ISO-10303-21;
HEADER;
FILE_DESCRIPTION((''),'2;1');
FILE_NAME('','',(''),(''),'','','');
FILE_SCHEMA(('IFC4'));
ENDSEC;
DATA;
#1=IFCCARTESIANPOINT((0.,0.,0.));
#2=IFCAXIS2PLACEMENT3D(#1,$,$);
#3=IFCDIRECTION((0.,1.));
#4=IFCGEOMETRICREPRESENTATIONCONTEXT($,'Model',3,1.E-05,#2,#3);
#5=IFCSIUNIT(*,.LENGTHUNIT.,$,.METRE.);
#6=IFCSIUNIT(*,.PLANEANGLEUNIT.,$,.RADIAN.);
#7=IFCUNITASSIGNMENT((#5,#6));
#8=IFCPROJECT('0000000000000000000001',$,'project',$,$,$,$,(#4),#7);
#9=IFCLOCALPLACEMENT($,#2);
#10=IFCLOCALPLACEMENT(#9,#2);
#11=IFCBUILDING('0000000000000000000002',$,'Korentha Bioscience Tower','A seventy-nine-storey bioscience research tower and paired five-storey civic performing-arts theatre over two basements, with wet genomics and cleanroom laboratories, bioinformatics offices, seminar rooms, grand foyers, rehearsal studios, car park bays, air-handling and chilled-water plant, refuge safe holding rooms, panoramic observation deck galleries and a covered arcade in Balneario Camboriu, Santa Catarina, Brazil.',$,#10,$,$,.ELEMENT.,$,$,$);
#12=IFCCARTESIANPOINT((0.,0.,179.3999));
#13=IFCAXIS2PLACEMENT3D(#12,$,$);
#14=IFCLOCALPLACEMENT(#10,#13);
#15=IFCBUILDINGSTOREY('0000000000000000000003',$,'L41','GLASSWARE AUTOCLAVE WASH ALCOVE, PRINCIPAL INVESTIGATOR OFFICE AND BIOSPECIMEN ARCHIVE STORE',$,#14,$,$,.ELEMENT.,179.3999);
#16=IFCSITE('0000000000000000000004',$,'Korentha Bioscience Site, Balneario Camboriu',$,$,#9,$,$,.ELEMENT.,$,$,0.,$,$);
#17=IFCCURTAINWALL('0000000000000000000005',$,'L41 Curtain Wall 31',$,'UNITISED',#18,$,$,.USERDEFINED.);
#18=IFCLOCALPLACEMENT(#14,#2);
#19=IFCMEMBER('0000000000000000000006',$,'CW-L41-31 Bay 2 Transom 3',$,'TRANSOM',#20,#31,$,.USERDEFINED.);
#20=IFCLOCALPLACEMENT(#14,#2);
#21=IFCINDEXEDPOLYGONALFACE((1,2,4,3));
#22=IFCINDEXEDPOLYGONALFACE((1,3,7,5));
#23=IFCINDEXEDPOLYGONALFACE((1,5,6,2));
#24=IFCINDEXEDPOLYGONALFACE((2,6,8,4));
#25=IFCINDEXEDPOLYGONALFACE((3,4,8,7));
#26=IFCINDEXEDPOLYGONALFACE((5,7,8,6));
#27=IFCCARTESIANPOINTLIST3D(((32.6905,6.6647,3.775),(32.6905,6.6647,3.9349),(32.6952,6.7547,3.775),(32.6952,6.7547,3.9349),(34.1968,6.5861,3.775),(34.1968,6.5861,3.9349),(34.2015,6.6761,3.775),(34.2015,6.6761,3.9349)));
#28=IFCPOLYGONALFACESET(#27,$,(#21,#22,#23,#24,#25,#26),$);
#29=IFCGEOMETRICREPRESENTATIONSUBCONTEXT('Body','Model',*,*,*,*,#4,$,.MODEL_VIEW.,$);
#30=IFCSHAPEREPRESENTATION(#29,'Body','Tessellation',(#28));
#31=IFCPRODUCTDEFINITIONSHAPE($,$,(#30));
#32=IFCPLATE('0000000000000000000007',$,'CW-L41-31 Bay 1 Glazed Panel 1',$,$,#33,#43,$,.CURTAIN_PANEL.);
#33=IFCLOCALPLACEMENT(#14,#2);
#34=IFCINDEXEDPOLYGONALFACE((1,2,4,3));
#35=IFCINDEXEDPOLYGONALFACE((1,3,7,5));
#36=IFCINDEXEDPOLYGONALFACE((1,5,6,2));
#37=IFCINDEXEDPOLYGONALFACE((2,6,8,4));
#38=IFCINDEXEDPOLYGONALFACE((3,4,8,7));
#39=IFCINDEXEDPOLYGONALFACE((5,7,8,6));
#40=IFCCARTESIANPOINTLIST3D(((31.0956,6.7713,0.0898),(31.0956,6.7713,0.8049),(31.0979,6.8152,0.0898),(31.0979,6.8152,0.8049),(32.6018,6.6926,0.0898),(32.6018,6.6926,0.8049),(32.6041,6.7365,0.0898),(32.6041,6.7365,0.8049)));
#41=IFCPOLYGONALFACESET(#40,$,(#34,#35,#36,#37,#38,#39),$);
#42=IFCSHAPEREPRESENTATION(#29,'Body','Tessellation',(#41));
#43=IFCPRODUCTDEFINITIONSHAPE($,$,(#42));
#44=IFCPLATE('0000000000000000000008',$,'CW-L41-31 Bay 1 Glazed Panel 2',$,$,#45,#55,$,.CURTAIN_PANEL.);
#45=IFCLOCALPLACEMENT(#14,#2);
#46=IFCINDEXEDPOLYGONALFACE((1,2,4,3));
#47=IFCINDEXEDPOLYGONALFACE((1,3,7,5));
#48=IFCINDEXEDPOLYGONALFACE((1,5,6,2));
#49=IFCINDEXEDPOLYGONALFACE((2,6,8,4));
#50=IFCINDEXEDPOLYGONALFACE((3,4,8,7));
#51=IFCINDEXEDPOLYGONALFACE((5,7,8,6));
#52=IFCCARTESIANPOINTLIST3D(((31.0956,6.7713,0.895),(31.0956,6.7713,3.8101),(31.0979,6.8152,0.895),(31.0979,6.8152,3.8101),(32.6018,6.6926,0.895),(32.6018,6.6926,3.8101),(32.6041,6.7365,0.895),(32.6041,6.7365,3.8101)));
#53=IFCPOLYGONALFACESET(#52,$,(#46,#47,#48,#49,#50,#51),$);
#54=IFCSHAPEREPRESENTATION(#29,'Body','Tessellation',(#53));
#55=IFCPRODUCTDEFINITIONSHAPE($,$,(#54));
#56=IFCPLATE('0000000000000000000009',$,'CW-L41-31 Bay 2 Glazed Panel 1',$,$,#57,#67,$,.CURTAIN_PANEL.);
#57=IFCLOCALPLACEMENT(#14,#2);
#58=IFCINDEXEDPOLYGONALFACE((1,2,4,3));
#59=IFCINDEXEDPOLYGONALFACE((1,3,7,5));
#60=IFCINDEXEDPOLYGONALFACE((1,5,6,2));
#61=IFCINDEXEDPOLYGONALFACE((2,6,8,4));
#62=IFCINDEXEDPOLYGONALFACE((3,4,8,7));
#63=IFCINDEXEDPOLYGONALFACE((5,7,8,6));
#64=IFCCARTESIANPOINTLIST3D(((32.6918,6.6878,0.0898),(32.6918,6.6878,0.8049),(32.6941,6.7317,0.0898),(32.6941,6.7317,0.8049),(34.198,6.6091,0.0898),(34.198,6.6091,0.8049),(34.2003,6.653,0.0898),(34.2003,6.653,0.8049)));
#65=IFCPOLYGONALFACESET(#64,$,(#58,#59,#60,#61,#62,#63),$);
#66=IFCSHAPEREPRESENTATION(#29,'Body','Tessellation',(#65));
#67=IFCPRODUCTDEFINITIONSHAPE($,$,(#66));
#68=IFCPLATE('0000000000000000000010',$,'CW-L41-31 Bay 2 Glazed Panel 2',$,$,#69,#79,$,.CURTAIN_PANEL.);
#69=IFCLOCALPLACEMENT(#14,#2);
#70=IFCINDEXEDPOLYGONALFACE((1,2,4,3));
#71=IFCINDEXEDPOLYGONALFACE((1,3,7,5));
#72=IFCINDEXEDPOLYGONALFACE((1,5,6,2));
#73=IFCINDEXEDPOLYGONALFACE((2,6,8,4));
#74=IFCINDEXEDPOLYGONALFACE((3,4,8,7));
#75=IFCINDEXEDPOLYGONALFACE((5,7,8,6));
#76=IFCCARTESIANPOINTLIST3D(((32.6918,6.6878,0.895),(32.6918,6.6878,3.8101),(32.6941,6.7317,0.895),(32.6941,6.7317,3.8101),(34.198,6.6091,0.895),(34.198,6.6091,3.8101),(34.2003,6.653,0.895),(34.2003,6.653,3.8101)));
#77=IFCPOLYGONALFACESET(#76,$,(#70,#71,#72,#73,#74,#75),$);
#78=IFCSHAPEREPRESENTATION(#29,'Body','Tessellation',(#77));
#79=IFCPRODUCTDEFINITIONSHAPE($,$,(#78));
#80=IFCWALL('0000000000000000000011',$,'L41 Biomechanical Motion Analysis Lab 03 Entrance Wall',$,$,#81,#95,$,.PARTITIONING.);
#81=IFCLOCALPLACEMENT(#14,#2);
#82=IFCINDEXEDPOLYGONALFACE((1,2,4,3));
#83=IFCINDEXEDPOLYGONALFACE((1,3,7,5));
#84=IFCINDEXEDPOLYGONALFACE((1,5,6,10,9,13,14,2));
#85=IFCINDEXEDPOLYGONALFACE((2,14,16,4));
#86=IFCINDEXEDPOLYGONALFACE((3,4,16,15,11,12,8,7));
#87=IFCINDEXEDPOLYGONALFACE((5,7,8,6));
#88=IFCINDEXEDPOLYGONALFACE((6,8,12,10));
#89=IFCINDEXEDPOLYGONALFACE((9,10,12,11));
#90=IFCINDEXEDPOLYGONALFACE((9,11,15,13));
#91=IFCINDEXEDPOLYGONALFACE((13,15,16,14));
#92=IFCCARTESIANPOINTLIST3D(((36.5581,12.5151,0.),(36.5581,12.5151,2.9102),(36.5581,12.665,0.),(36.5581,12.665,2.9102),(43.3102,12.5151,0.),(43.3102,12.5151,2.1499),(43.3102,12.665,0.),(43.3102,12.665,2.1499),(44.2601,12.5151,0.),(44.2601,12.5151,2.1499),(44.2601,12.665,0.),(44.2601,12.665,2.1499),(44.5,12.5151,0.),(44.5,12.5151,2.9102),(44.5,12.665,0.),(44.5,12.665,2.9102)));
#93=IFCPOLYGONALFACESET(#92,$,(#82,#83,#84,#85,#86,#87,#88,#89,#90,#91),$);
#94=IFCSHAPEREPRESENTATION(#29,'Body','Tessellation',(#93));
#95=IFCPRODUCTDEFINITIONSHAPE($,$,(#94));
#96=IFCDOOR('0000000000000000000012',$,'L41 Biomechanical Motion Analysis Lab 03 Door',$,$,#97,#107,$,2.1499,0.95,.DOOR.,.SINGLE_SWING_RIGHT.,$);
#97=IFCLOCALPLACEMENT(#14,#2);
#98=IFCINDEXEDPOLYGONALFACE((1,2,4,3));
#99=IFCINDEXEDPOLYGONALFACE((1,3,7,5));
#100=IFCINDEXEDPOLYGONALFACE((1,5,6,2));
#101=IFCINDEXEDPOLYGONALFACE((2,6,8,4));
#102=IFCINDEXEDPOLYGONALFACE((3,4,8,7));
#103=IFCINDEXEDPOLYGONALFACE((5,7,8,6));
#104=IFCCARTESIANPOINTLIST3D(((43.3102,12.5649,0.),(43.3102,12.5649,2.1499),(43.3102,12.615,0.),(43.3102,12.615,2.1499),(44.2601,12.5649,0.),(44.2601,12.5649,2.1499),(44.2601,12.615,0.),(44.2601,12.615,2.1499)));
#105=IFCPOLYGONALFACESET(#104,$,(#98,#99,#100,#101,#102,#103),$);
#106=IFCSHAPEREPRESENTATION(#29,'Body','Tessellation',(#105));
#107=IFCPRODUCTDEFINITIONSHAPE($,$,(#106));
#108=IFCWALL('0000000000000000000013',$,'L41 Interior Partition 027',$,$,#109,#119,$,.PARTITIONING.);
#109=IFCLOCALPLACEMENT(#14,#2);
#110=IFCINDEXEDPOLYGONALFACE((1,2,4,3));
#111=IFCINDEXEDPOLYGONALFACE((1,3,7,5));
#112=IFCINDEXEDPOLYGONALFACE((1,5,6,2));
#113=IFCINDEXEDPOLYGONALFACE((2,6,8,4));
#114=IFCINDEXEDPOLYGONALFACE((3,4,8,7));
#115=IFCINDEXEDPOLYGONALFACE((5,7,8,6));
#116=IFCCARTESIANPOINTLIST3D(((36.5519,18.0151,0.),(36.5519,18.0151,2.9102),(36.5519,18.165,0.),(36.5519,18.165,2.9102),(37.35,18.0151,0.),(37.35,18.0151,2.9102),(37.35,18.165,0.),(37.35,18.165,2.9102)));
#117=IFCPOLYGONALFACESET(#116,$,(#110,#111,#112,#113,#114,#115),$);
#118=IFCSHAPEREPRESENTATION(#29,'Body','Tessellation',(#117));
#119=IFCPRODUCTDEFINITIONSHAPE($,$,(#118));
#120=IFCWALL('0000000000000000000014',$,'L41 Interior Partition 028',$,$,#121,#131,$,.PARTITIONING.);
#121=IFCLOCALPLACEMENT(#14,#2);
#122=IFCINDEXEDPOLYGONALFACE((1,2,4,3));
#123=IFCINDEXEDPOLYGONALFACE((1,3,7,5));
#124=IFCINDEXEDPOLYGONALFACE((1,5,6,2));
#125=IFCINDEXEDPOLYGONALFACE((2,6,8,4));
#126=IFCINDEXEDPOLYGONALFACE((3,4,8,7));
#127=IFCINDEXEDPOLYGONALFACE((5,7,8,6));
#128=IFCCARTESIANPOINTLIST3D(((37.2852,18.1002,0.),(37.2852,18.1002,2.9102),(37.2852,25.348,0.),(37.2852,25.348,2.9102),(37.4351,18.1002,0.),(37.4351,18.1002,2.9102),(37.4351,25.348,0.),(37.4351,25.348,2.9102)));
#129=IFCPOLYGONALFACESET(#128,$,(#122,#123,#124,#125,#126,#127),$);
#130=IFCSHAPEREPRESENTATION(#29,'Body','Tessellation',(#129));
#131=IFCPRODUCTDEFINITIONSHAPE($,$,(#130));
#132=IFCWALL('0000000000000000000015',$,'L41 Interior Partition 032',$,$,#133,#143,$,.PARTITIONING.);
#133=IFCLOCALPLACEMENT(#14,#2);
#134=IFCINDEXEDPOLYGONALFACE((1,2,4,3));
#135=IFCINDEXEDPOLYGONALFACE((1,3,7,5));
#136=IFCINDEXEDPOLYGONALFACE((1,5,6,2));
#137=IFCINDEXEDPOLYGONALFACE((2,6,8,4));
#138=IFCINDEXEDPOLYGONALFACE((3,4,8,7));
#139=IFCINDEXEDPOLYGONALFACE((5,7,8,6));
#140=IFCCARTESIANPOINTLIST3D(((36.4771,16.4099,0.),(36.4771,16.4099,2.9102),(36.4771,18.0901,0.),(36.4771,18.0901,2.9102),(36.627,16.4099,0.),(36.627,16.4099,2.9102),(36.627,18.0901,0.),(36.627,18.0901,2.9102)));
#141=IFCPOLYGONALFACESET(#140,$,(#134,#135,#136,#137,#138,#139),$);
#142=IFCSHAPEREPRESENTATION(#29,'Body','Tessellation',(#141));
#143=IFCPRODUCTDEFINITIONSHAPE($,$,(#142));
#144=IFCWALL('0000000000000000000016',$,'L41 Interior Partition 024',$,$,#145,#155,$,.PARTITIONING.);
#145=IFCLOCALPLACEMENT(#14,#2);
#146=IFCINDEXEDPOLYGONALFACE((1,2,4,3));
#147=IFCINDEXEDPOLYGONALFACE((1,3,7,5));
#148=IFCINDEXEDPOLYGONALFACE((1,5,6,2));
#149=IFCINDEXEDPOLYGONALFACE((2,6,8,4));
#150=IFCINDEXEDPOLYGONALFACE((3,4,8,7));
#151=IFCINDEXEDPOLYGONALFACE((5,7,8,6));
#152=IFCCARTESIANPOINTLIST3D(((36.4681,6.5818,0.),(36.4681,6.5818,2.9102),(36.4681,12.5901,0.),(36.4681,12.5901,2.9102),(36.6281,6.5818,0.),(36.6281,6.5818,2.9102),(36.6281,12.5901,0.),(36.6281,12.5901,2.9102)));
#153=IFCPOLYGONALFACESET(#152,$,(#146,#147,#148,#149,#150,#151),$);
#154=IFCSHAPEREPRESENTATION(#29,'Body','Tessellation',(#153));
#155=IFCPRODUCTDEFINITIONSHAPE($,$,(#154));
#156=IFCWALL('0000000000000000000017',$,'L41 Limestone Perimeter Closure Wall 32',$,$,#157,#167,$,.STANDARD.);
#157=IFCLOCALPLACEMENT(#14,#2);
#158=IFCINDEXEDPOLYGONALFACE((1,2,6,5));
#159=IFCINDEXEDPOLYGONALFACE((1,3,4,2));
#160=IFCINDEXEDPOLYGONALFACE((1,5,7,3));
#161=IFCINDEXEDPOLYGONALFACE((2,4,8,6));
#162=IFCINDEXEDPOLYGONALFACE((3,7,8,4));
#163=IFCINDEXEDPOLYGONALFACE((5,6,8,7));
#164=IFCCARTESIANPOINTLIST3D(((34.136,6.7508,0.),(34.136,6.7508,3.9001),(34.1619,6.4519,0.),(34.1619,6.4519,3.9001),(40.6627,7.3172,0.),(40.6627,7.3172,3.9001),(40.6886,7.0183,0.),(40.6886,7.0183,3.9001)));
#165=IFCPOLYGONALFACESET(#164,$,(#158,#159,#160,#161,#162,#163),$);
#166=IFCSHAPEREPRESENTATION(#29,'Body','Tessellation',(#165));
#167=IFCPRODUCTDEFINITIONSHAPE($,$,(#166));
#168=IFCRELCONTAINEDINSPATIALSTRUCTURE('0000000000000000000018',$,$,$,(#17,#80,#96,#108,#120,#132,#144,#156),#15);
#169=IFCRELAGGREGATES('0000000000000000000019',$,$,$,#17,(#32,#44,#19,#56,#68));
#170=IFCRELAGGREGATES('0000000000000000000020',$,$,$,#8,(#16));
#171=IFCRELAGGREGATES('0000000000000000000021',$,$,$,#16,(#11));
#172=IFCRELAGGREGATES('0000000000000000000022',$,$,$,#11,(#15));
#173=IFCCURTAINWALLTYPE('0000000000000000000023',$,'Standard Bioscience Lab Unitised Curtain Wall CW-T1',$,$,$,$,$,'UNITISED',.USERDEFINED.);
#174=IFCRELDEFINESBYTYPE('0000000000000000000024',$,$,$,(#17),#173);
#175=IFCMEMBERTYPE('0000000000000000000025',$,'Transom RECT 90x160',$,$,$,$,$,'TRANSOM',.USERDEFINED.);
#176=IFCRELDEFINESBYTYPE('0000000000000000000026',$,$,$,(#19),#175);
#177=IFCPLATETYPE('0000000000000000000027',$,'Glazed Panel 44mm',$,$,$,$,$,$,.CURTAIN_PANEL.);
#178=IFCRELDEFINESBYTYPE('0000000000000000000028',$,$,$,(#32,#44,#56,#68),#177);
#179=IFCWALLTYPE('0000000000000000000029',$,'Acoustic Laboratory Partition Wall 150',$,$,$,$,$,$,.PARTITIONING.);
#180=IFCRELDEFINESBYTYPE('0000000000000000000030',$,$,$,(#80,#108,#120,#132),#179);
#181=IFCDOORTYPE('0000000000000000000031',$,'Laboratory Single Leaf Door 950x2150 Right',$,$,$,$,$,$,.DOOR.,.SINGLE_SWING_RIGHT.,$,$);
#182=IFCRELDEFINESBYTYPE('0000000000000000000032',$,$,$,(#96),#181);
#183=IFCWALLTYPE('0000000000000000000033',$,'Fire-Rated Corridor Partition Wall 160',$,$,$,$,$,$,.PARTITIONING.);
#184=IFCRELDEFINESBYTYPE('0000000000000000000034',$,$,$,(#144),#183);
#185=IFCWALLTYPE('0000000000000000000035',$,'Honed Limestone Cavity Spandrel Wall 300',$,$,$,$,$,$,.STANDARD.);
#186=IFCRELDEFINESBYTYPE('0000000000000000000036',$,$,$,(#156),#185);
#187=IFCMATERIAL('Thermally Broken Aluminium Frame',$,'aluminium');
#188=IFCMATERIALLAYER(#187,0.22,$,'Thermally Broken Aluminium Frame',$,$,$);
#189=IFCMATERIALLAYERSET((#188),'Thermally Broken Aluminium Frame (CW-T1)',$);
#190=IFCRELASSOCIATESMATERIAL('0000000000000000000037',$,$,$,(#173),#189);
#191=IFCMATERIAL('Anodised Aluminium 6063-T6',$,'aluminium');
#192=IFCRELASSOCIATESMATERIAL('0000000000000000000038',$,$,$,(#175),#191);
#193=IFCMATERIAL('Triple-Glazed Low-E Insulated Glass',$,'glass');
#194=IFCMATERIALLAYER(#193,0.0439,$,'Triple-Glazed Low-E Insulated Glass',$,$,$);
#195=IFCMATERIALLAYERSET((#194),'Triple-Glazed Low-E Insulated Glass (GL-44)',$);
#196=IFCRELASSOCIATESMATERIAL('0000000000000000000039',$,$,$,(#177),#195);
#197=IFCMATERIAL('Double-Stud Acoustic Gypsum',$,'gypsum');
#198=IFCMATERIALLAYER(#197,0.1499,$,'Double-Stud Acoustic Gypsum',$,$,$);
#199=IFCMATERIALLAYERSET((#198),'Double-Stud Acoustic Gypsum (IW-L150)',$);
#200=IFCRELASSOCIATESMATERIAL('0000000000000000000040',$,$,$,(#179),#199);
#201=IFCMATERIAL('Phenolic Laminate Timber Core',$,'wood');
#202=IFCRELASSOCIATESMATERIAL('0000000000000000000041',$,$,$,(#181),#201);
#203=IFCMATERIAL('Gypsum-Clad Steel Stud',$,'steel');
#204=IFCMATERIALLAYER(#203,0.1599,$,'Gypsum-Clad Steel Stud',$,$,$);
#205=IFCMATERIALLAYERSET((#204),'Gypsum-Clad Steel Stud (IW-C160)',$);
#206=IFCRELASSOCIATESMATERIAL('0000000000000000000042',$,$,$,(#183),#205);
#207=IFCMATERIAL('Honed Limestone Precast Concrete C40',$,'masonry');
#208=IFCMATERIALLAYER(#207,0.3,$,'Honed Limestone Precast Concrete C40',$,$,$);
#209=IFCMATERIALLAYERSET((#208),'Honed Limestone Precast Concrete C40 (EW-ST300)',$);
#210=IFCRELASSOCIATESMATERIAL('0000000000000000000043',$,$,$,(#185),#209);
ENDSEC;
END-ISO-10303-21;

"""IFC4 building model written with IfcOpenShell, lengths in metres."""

from ifc_helpers import new_model, si_unit, direction, frame, frame_2d, origin, origin_2d, place, context, subcontext, project, spatial, rectangle, extrude, material, layer, layer_set, material_profile, profile_set, type_object, element, fill, aggregate, save


model = new_model("IFC4")

# Units and contexts
model_context = context("Model", 3, precision=1e-05, world=origin(), true_north=direction((0.0, 1.0)))
body_context = subcontext(model_context, "Body", "Model", "MODEL_VIEW")
ifc_project = project(units=[si_unit("LENGTHUNIT", "METRE"), si_unit("PLANEANGLEUNIT", "RADIAN")], contexts=[model_context])

# Site, building, storey
site_placement = place(None, origin())
site = spatial("IfcSite", under=ifc_project, at=site_placement, Name="Korentha Bioscience Site, Balneario Camboriu", CompositionType="ELEMENT", RefElevation=0.0)
building_placement = place(site_placement, origin())
building = spatial("IfcBuilding", under=site, at=building_placement, Name="Korentha Bioscience Tower", Description="A seventy-nine-storey bioscience research tower and paired five-storey civic performing-arts theatre over two basements, with wet genomics and cleanroom laboratories, bioinformatics offices, seminar rooms, grand foyers, rehearsal studios, car park bays, air-handling and chilled-water plant, refuge safe holding rooms, panoramic observation deck galleries and a covered arcade in Balneario Camboriu, Santa Catarina, Brazil.", CompositionType="ELEMENT")
storey_placement = place(building_placement, frame((0.0, 0.0, 179.3999)))
storey = spatial("IfcBuildingStorey", under=building, at=storey_placement, Name="L41", Description="GLASSWARE AUTOCLAVE WASH ALCOVE, PRINCIPAL INVESTIGATOR OFFICE AND BIOSPECIMEN ARCHIVE STORE", CompositionType="ELEMENT", Elevation=179.3999)

# Curtain wall
ifc_material_1 = material(Name="Thermally Broken Aluminium Frame", Category="aluminium")
ifc_layer_1 = layer(ifc_material_1, 0.22, Name="Thermally Broken Aluminium Frame")
ifc_layer_set_1 = layer_set([ifc_layer_1], Name="Thermally Broken Aluminium Frame (CW-T1)")
curtain_wall_type = type_object("IfcCurtainWallType", Name="Standard Bioscience Lab Unitised Curtain Wall CW-T1", ElementType="UNITISED", PredefinedType="USERDEFINED", material=ifc_layer_set_1)
curtain_wall_placement = place(storey_placement, origin())
curtain_wall = element("IfcCurtainWall", 1, at=curtain_wall_placement, inside=storey, type_object=curtain_wall_type, Name="L41 Curtain Wall 31", ObjectType="UNITISED", PredefinedType="USERDEFINED")
ifc_material_2 = material(Name="Anodised Aluminium 6063-T6", Category="aluminium")

# Member
ifc_material_profile_1 = material_profile(ifc_material_2, rectangle(XDim=0.0901, YDim=0.1599, at=origin_2d()), Name="Anodised Aluminium 6063-T6")
ifc_profile_set_1 = profile_set([ifc_material_profile_1], Name="Anodised Aluminium 6063-T6 (CW-TRN)")
member_type_1 = type_object("IfcMemberType", Name="Transom RECT 90x160", ElementType="TRANSOM", PredefinedType="USERDEFINED", material=ifc_profile_set_1)
member_1_placement = place(storey_placement, frame((32.6929, 6.7097, 3.855), z_axis=(0.998641, -0.052117, 0.0), x_axis=(0.052117, 0.998641, 0.0)))
member_1 = element("IfcMember", 2, at=member_1_placement, type_object=member_type_1, Name="CW-L41-31 Bay 2 Transom 3", ObjectType="TRANSOM", PredefinedType="USERDEFINED", context=body_context, shape_type="SweptSolid", body=[
    extrude(rectangle(XDim=0.0901, YDim=0.1599, at=origin_2d()), origin(), (0.0, 0.0, 1.0), 1.5083),
])

# Plates
ifc_material_3 = material(Name="Triple-Glazed Low-E Insulated Glass", Category="glass")
ifc_layer_2 = layer(ifc_material_3, 0.0439, Name="Triple-Glazed Low-E Insulated Glass")
ifc_layer_set_2 = layer_set([ifc_layer_2], Name="Triple-Glazed Low-E Insulated Glass (GL-44)")
plate_type = type_object("IfcPlateType", Name="Glazed Panel 44mm", PredefinedType="CURTAIN_PANEL", material=ifc_layer_set_2)
plate_1_placement = place(storey_placement, frame((31.8499, 6.7539, 0.0898), z_axis=(0.0, 0.0, 1.0), x_axis=(0.998638, -0.05218, 0.0)))
plate_1 = element("IfcPlate", 3, at=plate_1_placement, type_object=plate_type, Name="CW-L41-31 Bay 1 Glazed Panel 1", PredefinedType="CURTAIN_PANEL", context=body_context, shape_type="SweptSolid", body=[
    extrude(rectangle(XDim=1.5083, YDim=0.0439, at=origin_2d()), origin(), (0.0, 0.0, 1.0), 0.7151),
])
plate_2_placement = place(storey_placement, frame((31.8499, 6.7539, 0.895), z_axis=(0.0, 0.0, 1.0), x_axis=(0.998638, -0.05218, 0.0)))
plate_2 = element("IfcPlate", 4, at=plate_2_placement, type_object=plate_type, Name="CW-L41-31 Bay 1 Glazed Panel 2", PredefinedType="CURTAIN_PANEL", context=body_context, shape_type="SweptSolid", body=[
    extrude(rectangle(XDim=1.5083, YDim=0.0439, at=origin_2d()), origin(), (0.0, 0.0, 1.0), 2.915),
])
plate_3_placement = place(storey_placement, frame((33.446, 6.6704, 0.0898), z_axis=(0.0, 0.0, 1.0), x_axis=(0.998638, -0.05218, 0.0)))
plate_3 = element("IfcPlate", 5, at=plate_3_placement, type_object=plate_type, Name="CW-L41-31 Bay 2 Glazed Panel 1", PredefinedType="CURTAIN_PANEL", context=body_context, shape_type="SweptSolid", body=[
    extrude(rectangle(XDim=1.5083, YDim=0.0439, at=origin_2d()), origin(), (0.0, 0.0, 1.0), 0.7151),
])
plate_4_placement = place(storey_placement, frame((33.446, 6.6704, 0.895), z_axis=(0.0, 0.0, 1.0), x_axis=(0.998638, -0.05218, 0.0)))
plate_4 = element("IfcPlate", 6, at=plate_4_placement, type_object=plate_type, Name="CW-L41-31 Bay 2 Glazed Panel 2", PredefinedType="CURTAIN_PANEL", context=body_context, shape_type="SweptSolid", body=[
    extrude(rectangle(XDim=1.5083, YDim=0.0439, at=origin_2d()), origin(), (0.0, 0.0, 1.0), 2.915),
])
aggregate(curtain_wall, [plate_1, plate_2, member_1, plate_3, plate_4])

# Wall, opening, door
ifc_material_4 = material(Name="Double-Stud Acoustic Gypsum", Category="gypsum")
ifc_layer_3 = layer(ifc_material_4, 0.1499, Name="Double-Stud Acoustic Gypsum")
ifc_layer_set_3 = layer_set([ifc_layer_3], Name="Double-Stud Acoustic Gypsum (IW-L150)")
wall_type_1 = type_object("IfcWallType", Name="Acoustic Laboratory Partition Wall 150", PredefinedType="PARTITIONING", material=ifc_layer_set_3)
wall_1_placement = place(storey_placement, frame((36.5581, 12.5901, 0.0), z_axis=(0.0, 0.0, 1.0), x_axis=(1.0, 0.0, 0.0)))
wall_1 = element("IfcWall", 7, at=wall_1_placement, inside=storey, type_object=wall_type_1, Name="L41 Biomechanical Motion Analysis Lab 03 Entrance Wall", PredefinedType="PARTITIONING", context=body_context, shape_type="SweptSolid", body=[
    extrude(rectangle(XDim=7.9419, YDim=0.1499, at=frame_2d((3.9709, 0.0))), origin(), (0.0, 0.0, 1.0), 2.9102),
])
opening_placement = place(wall_1_placement, frame((6.752, 0.0, 0.0)))
opening = element("IfcOpeningElement", 8, at=opening_placement, cuts=wall_1, PredefinedType="OPENING", context=body_context, shape_type="SweptSolid", body=[
    extrude(rectangle(XDim=0.95, YDim=2.1499, at=frame_2d((0.4751, 1.075))), frame((0.0, 0.0898, 0.0), z_axis=(0.0, -1.0, 0.0), x_axis=(1.0, 0.0, 0.0)), (0.0, 0.0, 1.0), 0.1797),
])
ifc_material_5 = material(Name="Phenolic Laminate Timber Core", Category="wood")
door_type = type_object("IfcDoorType", Name="Laboratory Single Leaf Door 950x2150 Right", OperationType="SINGLE_SWING_RIGHT", PredefinedType="DOOR", material=ifc_material_5)
door_placement = place(opening_placement, origin())
door = element("IfcDoor", 9, at=door_placement, inside=storey, type_object=door_type, Name="L41 Biomechanical Motion Analysis Lab 03 Door", OperationType="SINGLE_SWING_RIGHT", OverallHeight=2.1499, OverallWidth=0.95, PredefinedType="DOOR", context=body_context, shape_type="SweptSolid", body=[
    extrude(rectangle(XDim=0.95, YDim=2.1499, at=frame_2d((0.4751, 1.075))), frame((0.0, 0.0249, 0.0), z_axis=(0.0, -1.0, 0.0), x_axis=(1.0, 0.0, 0.0)), (0.0, 0.0, 1.0), 0.05),
])
fill(opening, door)

# Walls
wall_2_placement = place(storey_placement, frame((36.552, 18.0901, 0.0), z_axis=(0.0, 0.0, 1.0), x_axis=(1.0, 0.0, 0.0)))
element("IfcWall", 10, at=wall_2_placement, inside=storey, type_object=wall_type_1, Name="L41 Interior Partition 027", PredefinedType="PARTITIONING", context=body_context, shape_type="SweptSolid", body=[
    extrude(rectangle(XDim=0.7981, YDim=0.1499, at=frame_2d((0.3989, 0.0))), origin(), (0.0, 0.0, 1.0), 2.9102),
])
wall_3_placement = place(storey_placement, frame((37.3601, 18.1001, 0.0), z_axis=(0.0, 0.0, 1.0), x_axis=(0.0, 1.0, 0.0)))
element("IfcWall", 11, at=wall_3_placement, inside=storey, type_object=wall_type_1, Name="L41 Interior Partition 028", PredefinedType="PARTITIONING", context=body_context, shape_type="SweptSolid", body=[
    extrude(rectangle(XDim=7.2478, YDim=0.1499, at=frame_2d((3.624, 0.0))), origin(), (0.0, 0.0, 1.0), 2.9102),
])
wall_4_placement = place(storey_placement, frame((36.552, 16.4099, 0.0), z_axis=(0.0, 0.0, 1.0), x_axis=(0.0, 1.0, 0.0)))
element("IfcWall", 12, at=wall_4_placement, inside=storey, type_object=wall_type_1, Name="L41 Interior Partition 032", PredefinedType="PARTITIONING", context=body_context, shape_type="SweptSolid", body=[
    extrude(rectangle(XDim=1.6802, YDim=0.1499, at=frame_2d((0.8401, 0.0))), origin(), (0.0, 0.0, 1.0), 2.9102),
])
ifc_material_6 = material(Name="Gypsum-Clad Steel Stud", Category="steel")
ifc_layer_4 = layer(ifc_material_6, 0.1599, Name="Gypsum-Clad Steel Stud")
ifc_layer_set_4 = layer_set([ifc_layer_4], Name="Gypsum-Clad Steel Stud (IW-C160)")
wall_type_2 = type_object("IfcWallType", Name="Fire-Rated Corridor Partition Wall 160", PredefinedType="PARTITIONING", material=ifc_layer_set_4)
wall_5_placement = place(storey_placement, frame((36.5481, 12.5901, 0.0), z_axis=(0.0, 0.0, 1.0), x_axis=(0.0, -1.0, 0.0)))
element("IfcWall", 13, at=wall_5_placement, inside=storey, type_object=wall_type_2, Name="L41 Interior Partition 024", PredefinedType="PARTITIONING", context=body_context, shape_type="SweptSolid", body=[
    extrude(rectangle(XDim=6.0083, YDim=0.1599, at=frame_2d((3.0042, 0.0))), origin(), (0.0, 0.0, 1.0), 2.9102),
])
ifc_material_7 = material(Name="Honed Limestone Precast Concrete C40", Category="masonry")
ifc_layer_5 = layer(ifc_material_7, 0.3, Name="Honed Limestone Precast Concrete C40")
ifc_layer_set_5 = layer_set([ifc_layer_5], Name="Honed Limestone Precast Concrete C40 (EW-ST300)")
wall_type_3 = type_object("IfcWallType", Name="Honed Limestone Cavity Spandrel Wall 300", PredefinedType="STANDARD", material=ifc_layer_set_5)
wall_6_placement = place(storey_placement, frame((34.1489, 6.6013, 0.0), z_axis=(0.0, 0.0, 1.0), x_axis=(0.996256, 0.086456, 0.0)))
element("IfcWall", 14, at=wall_6_placement, inside=storey, type_object=wall_type_3, Name="L41 Limestone Perimeter Closure Wall 32", PredefinedType="STANDARD", context=body_context, shape_type="SweptSolid", body=[
    extrude(rectangle(XDim=6.5513, YDim=0.3, at=frame_2d((3.2756, 0.0))), origin(), (0.0, 0.0, 1.0), 3.9001),
])

save(model, "model.ifc")
